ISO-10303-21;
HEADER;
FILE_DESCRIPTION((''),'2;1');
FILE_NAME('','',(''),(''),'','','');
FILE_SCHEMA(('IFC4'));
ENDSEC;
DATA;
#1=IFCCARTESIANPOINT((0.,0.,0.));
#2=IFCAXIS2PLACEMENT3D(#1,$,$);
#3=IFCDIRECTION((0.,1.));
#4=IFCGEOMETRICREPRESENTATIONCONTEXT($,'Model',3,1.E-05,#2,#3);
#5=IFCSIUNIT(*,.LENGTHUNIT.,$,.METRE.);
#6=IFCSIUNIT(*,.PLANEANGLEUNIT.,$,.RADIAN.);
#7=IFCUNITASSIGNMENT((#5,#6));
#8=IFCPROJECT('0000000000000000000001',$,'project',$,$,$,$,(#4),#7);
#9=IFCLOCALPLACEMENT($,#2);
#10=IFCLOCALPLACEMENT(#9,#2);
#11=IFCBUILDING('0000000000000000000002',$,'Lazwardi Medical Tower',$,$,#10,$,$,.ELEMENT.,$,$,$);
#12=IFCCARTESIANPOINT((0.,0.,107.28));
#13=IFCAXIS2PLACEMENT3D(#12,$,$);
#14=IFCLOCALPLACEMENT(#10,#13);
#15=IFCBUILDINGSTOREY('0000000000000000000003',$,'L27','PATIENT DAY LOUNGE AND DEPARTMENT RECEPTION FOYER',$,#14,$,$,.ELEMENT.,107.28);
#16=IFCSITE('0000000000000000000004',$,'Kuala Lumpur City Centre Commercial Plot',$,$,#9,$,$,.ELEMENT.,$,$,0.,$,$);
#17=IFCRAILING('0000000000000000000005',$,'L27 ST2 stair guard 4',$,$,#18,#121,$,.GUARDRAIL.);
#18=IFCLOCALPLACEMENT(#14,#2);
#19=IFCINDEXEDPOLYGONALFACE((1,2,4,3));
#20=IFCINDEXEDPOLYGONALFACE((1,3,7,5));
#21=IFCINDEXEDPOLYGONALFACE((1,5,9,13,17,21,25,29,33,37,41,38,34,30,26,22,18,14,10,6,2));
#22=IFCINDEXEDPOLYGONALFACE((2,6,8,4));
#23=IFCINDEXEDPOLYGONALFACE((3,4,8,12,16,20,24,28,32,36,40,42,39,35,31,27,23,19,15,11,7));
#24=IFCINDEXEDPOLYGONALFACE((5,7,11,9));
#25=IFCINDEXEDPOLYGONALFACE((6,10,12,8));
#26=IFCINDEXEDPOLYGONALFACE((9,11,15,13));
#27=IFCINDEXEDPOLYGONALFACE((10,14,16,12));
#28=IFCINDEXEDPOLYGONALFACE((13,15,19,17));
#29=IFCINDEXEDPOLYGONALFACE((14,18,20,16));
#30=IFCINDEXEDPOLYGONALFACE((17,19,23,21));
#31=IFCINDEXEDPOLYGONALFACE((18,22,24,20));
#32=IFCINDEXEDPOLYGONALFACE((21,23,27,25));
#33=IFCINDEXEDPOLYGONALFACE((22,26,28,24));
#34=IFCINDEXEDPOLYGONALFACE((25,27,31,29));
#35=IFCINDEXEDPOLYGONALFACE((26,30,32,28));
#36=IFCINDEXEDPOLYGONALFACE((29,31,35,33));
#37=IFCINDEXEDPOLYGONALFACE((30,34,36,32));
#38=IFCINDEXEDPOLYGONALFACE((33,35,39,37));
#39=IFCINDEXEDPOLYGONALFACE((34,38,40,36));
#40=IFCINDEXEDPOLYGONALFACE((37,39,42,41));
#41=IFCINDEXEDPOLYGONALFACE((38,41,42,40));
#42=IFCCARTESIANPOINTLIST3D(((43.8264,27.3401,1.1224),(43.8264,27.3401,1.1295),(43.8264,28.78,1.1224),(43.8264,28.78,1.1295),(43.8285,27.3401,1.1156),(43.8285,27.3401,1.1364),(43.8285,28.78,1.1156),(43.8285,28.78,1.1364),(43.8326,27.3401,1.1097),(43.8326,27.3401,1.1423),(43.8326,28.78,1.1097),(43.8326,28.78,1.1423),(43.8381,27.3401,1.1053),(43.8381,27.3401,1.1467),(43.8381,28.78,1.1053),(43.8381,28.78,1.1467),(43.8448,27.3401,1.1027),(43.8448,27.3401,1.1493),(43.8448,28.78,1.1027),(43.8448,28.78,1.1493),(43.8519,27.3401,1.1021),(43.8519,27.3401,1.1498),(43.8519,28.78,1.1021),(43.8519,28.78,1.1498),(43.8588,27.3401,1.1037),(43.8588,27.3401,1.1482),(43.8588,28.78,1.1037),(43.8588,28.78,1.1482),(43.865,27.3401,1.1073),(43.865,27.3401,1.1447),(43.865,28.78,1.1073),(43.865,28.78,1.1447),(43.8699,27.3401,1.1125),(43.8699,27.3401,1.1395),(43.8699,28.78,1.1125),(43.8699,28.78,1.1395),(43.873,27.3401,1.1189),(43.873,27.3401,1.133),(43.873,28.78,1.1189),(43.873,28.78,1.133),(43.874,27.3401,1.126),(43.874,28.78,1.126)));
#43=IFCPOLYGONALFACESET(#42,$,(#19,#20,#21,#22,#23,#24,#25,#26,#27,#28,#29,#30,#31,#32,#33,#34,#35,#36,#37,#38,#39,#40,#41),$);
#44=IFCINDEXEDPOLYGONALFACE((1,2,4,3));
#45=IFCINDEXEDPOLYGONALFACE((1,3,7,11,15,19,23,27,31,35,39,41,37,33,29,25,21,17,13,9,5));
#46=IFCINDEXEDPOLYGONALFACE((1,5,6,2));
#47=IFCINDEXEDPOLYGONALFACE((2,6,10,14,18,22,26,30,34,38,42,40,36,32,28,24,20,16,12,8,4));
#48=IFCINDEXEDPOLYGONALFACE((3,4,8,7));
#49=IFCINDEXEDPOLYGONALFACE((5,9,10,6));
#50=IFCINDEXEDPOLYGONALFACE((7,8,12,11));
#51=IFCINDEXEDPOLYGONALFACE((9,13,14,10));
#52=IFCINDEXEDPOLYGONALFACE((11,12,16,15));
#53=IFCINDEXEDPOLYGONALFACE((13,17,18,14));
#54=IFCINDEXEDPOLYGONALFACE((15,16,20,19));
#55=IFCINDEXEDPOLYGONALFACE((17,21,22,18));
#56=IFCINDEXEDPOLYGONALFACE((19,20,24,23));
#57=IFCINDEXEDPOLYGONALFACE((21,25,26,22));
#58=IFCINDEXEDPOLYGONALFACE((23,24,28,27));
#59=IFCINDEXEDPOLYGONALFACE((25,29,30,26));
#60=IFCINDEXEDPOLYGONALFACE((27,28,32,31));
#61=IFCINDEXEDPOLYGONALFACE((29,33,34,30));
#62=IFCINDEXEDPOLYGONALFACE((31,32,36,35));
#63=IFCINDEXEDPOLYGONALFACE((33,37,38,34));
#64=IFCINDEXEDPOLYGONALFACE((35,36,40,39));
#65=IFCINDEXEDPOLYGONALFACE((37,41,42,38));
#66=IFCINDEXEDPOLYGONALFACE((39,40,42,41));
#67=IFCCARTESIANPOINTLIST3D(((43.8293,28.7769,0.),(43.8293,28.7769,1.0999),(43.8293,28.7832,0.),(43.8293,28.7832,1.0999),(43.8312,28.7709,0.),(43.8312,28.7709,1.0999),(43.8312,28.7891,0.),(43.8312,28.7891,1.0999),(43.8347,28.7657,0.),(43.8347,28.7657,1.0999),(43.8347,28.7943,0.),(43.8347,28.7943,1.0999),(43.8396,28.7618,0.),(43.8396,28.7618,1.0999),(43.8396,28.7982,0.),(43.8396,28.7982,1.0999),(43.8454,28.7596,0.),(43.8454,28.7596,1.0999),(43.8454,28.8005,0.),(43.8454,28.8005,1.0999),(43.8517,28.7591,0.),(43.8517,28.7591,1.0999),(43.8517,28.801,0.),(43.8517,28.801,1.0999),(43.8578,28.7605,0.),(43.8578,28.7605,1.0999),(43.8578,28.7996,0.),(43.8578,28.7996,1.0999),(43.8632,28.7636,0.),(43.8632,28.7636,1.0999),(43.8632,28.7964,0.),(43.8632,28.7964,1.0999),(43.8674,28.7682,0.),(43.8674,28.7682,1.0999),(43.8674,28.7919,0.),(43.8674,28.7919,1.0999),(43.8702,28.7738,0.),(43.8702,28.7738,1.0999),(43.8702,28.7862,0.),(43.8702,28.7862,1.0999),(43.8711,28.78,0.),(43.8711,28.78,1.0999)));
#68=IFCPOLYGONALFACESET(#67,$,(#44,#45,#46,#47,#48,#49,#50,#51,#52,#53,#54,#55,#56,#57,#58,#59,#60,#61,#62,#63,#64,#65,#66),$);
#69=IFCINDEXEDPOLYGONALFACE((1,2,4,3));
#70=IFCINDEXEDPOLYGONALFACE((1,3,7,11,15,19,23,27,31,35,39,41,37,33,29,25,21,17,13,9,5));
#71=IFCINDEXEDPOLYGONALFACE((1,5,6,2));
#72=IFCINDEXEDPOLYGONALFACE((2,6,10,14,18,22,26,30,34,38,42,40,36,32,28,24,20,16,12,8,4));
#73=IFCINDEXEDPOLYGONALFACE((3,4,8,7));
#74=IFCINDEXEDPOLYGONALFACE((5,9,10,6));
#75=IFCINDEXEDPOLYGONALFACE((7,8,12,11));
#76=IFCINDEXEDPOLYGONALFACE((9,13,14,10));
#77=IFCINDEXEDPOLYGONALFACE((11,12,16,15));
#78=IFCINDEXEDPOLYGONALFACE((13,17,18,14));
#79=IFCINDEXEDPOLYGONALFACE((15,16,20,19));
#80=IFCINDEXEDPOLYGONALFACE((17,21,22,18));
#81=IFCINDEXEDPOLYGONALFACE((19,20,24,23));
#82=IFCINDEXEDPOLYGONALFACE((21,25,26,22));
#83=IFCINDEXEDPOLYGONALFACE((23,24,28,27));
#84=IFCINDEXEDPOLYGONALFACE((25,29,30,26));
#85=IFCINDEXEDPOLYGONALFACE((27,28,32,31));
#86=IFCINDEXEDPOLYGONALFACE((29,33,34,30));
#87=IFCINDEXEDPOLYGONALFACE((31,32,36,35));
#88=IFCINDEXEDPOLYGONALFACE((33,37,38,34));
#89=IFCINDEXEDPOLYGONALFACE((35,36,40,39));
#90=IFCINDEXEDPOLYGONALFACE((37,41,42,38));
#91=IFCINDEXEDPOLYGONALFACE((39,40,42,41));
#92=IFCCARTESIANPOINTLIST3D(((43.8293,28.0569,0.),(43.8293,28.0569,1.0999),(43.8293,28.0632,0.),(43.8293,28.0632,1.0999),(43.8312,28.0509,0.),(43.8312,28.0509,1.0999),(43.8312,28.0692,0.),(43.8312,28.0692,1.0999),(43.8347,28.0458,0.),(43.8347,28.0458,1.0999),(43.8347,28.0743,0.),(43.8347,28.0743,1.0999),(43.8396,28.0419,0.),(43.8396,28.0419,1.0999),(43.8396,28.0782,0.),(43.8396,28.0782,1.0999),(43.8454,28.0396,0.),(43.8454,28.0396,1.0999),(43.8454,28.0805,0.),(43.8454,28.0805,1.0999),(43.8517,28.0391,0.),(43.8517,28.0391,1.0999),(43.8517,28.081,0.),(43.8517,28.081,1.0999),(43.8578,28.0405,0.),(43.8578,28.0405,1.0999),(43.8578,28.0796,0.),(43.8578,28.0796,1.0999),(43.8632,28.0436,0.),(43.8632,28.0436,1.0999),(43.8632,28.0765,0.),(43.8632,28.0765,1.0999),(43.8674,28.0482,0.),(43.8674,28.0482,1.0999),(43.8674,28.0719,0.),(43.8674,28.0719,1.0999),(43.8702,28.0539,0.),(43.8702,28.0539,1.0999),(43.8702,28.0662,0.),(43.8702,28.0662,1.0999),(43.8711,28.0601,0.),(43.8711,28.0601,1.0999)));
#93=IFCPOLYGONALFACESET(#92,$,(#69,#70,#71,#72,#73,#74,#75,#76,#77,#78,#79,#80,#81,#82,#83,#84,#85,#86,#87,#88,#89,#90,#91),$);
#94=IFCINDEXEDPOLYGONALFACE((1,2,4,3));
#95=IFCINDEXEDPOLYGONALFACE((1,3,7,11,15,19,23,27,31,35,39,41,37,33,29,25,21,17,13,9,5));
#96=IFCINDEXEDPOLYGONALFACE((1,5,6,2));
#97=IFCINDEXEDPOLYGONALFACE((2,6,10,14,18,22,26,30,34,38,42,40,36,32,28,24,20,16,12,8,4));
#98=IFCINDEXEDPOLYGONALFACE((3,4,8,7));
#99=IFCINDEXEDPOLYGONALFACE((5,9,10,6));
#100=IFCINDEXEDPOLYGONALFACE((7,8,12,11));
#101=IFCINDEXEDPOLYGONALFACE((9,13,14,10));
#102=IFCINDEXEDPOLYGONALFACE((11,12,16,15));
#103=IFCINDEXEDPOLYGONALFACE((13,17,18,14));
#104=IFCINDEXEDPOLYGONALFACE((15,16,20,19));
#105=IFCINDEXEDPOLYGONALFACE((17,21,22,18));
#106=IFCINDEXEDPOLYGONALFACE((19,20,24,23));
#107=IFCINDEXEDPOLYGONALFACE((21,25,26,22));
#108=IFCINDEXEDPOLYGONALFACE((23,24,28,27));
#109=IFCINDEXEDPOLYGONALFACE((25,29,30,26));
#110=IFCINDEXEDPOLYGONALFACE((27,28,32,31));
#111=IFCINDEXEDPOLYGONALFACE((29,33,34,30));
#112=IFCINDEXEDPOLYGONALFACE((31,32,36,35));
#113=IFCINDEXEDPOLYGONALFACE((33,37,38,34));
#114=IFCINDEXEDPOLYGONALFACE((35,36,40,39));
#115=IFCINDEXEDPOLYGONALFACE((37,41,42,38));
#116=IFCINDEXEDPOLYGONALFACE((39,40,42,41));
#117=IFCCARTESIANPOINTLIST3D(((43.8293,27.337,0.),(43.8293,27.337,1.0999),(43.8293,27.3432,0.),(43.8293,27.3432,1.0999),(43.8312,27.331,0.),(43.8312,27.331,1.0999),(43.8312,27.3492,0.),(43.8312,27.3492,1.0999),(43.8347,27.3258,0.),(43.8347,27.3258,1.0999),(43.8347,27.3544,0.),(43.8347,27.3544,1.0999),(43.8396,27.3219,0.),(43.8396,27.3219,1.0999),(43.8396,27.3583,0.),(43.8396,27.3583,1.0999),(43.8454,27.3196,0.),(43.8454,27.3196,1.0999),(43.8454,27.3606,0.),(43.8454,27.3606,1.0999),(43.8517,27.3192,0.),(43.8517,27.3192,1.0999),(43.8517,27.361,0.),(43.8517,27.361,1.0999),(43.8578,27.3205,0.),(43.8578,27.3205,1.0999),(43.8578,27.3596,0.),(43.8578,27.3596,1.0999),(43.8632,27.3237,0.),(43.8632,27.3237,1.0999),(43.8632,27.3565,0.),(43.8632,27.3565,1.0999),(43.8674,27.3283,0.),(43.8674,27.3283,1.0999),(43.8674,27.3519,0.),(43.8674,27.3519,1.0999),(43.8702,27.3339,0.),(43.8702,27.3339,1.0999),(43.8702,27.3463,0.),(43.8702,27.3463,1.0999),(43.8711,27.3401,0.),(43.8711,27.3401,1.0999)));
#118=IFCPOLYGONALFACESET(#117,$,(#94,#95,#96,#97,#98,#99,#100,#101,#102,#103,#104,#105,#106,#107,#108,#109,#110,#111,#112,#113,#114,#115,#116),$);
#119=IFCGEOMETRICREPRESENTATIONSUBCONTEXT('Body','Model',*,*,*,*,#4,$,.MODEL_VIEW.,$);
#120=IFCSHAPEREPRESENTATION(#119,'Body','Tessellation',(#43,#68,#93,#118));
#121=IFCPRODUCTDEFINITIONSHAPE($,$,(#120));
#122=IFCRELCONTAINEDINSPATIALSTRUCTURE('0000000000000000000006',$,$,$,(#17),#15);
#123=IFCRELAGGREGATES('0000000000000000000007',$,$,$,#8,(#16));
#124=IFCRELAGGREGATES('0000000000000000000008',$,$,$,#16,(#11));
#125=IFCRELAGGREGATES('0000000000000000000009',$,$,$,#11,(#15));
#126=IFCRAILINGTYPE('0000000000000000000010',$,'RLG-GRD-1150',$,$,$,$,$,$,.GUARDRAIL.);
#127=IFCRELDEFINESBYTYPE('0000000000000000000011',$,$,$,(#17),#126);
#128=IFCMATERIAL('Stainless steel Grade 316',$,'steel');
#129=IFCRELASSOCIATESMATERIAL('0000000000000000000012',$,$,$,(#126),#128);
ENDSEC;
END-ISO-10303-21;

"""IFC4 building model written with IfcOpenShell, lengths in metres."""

from ifc_helpers import new_model, si_unit, direction, frame, origin, origin_2d, place, context, subcontext, project, spatial, circle, extrude, material, type_object, element, save


model = new_model("IFC4")

# Units and contexts
model_context = context("Model", 3, precision=1e-05, world=origin(), true_north=direction((0.0, 1.0)))
body_context = subcontext(model_context, "Body", "Model", "MODEL_VIEW")
ifc_project = project(units=[si_unit("LENGTHUNIT", "METRE"), si_unit("PLANEANGLEUNIT", "RADIAN")], contexts=[model_context])

# Site, building, storey
site_placement = place(None, origin())
site = spatial("IfcSite", under=ifc_project, at=site_placement, Name="Kuala Lumpur City Centre Commercial Plot", CompositionType="ELEMENT", RefElevation=0.0)
building_placement = place(site_placement, origin())
building = spatial("IfcBuilding", under=site, at=building_placement, Name="Lazwardi Medical Tower", CompositionType="ELEMENT")
storey_placement = place(building_placement, frame((0.0, 0.0, 107.28)))
storey = spatial("IfcBuildingStorey", under=building, at=storey_placement, Name="L27", Description="PATIENT DAY LOUNGE AND DEPARTMENT RECEPTION FOYER", CompositionType="ELEMENT", Elevation=107.28)

# Railing
ifc_material_1 = material(Name="Stainless steel Grade 316", Category="steel")
railing_type_1 = type_object("IfcRailingType", Name="RLG-GRD-1150", PredefinedType="GUARDRAIL", material=ifc_material_1)
railing_1_placement = place(storey_placement, frame((43.8501, 28.78, 0.0)))
element("IfcRailing", 1, at=railing_1_placement, inside=storey, type_object=railing_type_1, Name="L27 ST2 stair guard 4", PredefinedType="GUARDRAIL", context=body_context, shape_type="SweptSolid", body=[
    extrude(circle(Radius=0.0239, at=origin_2d()), frame((0.0, 0.0, 1.126), z_axis=(0.0, -1.0, 0.0), x_axis=(1.0, 0.0, 0.0)), (0.0, 0.0, 1.0), 1.4399),
    extrude(circle(Radius=0.021, at=origin_2d()), origin(), (0.0, 0.0, 1.0), 1.0999),
    extrude(circle(Radius=0.021, at=origin_2d()), frame((0.0, -0.72, 0.0)), (0.0, 0.0, 1.0), 1.0999),
    extrude(circle(Radius=0.021, at=origin_2d()), frame((0.0, -1.4399, 0.0)), (0.0, 0.0, 1.0), 1.0999),
])

save(model, "model.ifc")
